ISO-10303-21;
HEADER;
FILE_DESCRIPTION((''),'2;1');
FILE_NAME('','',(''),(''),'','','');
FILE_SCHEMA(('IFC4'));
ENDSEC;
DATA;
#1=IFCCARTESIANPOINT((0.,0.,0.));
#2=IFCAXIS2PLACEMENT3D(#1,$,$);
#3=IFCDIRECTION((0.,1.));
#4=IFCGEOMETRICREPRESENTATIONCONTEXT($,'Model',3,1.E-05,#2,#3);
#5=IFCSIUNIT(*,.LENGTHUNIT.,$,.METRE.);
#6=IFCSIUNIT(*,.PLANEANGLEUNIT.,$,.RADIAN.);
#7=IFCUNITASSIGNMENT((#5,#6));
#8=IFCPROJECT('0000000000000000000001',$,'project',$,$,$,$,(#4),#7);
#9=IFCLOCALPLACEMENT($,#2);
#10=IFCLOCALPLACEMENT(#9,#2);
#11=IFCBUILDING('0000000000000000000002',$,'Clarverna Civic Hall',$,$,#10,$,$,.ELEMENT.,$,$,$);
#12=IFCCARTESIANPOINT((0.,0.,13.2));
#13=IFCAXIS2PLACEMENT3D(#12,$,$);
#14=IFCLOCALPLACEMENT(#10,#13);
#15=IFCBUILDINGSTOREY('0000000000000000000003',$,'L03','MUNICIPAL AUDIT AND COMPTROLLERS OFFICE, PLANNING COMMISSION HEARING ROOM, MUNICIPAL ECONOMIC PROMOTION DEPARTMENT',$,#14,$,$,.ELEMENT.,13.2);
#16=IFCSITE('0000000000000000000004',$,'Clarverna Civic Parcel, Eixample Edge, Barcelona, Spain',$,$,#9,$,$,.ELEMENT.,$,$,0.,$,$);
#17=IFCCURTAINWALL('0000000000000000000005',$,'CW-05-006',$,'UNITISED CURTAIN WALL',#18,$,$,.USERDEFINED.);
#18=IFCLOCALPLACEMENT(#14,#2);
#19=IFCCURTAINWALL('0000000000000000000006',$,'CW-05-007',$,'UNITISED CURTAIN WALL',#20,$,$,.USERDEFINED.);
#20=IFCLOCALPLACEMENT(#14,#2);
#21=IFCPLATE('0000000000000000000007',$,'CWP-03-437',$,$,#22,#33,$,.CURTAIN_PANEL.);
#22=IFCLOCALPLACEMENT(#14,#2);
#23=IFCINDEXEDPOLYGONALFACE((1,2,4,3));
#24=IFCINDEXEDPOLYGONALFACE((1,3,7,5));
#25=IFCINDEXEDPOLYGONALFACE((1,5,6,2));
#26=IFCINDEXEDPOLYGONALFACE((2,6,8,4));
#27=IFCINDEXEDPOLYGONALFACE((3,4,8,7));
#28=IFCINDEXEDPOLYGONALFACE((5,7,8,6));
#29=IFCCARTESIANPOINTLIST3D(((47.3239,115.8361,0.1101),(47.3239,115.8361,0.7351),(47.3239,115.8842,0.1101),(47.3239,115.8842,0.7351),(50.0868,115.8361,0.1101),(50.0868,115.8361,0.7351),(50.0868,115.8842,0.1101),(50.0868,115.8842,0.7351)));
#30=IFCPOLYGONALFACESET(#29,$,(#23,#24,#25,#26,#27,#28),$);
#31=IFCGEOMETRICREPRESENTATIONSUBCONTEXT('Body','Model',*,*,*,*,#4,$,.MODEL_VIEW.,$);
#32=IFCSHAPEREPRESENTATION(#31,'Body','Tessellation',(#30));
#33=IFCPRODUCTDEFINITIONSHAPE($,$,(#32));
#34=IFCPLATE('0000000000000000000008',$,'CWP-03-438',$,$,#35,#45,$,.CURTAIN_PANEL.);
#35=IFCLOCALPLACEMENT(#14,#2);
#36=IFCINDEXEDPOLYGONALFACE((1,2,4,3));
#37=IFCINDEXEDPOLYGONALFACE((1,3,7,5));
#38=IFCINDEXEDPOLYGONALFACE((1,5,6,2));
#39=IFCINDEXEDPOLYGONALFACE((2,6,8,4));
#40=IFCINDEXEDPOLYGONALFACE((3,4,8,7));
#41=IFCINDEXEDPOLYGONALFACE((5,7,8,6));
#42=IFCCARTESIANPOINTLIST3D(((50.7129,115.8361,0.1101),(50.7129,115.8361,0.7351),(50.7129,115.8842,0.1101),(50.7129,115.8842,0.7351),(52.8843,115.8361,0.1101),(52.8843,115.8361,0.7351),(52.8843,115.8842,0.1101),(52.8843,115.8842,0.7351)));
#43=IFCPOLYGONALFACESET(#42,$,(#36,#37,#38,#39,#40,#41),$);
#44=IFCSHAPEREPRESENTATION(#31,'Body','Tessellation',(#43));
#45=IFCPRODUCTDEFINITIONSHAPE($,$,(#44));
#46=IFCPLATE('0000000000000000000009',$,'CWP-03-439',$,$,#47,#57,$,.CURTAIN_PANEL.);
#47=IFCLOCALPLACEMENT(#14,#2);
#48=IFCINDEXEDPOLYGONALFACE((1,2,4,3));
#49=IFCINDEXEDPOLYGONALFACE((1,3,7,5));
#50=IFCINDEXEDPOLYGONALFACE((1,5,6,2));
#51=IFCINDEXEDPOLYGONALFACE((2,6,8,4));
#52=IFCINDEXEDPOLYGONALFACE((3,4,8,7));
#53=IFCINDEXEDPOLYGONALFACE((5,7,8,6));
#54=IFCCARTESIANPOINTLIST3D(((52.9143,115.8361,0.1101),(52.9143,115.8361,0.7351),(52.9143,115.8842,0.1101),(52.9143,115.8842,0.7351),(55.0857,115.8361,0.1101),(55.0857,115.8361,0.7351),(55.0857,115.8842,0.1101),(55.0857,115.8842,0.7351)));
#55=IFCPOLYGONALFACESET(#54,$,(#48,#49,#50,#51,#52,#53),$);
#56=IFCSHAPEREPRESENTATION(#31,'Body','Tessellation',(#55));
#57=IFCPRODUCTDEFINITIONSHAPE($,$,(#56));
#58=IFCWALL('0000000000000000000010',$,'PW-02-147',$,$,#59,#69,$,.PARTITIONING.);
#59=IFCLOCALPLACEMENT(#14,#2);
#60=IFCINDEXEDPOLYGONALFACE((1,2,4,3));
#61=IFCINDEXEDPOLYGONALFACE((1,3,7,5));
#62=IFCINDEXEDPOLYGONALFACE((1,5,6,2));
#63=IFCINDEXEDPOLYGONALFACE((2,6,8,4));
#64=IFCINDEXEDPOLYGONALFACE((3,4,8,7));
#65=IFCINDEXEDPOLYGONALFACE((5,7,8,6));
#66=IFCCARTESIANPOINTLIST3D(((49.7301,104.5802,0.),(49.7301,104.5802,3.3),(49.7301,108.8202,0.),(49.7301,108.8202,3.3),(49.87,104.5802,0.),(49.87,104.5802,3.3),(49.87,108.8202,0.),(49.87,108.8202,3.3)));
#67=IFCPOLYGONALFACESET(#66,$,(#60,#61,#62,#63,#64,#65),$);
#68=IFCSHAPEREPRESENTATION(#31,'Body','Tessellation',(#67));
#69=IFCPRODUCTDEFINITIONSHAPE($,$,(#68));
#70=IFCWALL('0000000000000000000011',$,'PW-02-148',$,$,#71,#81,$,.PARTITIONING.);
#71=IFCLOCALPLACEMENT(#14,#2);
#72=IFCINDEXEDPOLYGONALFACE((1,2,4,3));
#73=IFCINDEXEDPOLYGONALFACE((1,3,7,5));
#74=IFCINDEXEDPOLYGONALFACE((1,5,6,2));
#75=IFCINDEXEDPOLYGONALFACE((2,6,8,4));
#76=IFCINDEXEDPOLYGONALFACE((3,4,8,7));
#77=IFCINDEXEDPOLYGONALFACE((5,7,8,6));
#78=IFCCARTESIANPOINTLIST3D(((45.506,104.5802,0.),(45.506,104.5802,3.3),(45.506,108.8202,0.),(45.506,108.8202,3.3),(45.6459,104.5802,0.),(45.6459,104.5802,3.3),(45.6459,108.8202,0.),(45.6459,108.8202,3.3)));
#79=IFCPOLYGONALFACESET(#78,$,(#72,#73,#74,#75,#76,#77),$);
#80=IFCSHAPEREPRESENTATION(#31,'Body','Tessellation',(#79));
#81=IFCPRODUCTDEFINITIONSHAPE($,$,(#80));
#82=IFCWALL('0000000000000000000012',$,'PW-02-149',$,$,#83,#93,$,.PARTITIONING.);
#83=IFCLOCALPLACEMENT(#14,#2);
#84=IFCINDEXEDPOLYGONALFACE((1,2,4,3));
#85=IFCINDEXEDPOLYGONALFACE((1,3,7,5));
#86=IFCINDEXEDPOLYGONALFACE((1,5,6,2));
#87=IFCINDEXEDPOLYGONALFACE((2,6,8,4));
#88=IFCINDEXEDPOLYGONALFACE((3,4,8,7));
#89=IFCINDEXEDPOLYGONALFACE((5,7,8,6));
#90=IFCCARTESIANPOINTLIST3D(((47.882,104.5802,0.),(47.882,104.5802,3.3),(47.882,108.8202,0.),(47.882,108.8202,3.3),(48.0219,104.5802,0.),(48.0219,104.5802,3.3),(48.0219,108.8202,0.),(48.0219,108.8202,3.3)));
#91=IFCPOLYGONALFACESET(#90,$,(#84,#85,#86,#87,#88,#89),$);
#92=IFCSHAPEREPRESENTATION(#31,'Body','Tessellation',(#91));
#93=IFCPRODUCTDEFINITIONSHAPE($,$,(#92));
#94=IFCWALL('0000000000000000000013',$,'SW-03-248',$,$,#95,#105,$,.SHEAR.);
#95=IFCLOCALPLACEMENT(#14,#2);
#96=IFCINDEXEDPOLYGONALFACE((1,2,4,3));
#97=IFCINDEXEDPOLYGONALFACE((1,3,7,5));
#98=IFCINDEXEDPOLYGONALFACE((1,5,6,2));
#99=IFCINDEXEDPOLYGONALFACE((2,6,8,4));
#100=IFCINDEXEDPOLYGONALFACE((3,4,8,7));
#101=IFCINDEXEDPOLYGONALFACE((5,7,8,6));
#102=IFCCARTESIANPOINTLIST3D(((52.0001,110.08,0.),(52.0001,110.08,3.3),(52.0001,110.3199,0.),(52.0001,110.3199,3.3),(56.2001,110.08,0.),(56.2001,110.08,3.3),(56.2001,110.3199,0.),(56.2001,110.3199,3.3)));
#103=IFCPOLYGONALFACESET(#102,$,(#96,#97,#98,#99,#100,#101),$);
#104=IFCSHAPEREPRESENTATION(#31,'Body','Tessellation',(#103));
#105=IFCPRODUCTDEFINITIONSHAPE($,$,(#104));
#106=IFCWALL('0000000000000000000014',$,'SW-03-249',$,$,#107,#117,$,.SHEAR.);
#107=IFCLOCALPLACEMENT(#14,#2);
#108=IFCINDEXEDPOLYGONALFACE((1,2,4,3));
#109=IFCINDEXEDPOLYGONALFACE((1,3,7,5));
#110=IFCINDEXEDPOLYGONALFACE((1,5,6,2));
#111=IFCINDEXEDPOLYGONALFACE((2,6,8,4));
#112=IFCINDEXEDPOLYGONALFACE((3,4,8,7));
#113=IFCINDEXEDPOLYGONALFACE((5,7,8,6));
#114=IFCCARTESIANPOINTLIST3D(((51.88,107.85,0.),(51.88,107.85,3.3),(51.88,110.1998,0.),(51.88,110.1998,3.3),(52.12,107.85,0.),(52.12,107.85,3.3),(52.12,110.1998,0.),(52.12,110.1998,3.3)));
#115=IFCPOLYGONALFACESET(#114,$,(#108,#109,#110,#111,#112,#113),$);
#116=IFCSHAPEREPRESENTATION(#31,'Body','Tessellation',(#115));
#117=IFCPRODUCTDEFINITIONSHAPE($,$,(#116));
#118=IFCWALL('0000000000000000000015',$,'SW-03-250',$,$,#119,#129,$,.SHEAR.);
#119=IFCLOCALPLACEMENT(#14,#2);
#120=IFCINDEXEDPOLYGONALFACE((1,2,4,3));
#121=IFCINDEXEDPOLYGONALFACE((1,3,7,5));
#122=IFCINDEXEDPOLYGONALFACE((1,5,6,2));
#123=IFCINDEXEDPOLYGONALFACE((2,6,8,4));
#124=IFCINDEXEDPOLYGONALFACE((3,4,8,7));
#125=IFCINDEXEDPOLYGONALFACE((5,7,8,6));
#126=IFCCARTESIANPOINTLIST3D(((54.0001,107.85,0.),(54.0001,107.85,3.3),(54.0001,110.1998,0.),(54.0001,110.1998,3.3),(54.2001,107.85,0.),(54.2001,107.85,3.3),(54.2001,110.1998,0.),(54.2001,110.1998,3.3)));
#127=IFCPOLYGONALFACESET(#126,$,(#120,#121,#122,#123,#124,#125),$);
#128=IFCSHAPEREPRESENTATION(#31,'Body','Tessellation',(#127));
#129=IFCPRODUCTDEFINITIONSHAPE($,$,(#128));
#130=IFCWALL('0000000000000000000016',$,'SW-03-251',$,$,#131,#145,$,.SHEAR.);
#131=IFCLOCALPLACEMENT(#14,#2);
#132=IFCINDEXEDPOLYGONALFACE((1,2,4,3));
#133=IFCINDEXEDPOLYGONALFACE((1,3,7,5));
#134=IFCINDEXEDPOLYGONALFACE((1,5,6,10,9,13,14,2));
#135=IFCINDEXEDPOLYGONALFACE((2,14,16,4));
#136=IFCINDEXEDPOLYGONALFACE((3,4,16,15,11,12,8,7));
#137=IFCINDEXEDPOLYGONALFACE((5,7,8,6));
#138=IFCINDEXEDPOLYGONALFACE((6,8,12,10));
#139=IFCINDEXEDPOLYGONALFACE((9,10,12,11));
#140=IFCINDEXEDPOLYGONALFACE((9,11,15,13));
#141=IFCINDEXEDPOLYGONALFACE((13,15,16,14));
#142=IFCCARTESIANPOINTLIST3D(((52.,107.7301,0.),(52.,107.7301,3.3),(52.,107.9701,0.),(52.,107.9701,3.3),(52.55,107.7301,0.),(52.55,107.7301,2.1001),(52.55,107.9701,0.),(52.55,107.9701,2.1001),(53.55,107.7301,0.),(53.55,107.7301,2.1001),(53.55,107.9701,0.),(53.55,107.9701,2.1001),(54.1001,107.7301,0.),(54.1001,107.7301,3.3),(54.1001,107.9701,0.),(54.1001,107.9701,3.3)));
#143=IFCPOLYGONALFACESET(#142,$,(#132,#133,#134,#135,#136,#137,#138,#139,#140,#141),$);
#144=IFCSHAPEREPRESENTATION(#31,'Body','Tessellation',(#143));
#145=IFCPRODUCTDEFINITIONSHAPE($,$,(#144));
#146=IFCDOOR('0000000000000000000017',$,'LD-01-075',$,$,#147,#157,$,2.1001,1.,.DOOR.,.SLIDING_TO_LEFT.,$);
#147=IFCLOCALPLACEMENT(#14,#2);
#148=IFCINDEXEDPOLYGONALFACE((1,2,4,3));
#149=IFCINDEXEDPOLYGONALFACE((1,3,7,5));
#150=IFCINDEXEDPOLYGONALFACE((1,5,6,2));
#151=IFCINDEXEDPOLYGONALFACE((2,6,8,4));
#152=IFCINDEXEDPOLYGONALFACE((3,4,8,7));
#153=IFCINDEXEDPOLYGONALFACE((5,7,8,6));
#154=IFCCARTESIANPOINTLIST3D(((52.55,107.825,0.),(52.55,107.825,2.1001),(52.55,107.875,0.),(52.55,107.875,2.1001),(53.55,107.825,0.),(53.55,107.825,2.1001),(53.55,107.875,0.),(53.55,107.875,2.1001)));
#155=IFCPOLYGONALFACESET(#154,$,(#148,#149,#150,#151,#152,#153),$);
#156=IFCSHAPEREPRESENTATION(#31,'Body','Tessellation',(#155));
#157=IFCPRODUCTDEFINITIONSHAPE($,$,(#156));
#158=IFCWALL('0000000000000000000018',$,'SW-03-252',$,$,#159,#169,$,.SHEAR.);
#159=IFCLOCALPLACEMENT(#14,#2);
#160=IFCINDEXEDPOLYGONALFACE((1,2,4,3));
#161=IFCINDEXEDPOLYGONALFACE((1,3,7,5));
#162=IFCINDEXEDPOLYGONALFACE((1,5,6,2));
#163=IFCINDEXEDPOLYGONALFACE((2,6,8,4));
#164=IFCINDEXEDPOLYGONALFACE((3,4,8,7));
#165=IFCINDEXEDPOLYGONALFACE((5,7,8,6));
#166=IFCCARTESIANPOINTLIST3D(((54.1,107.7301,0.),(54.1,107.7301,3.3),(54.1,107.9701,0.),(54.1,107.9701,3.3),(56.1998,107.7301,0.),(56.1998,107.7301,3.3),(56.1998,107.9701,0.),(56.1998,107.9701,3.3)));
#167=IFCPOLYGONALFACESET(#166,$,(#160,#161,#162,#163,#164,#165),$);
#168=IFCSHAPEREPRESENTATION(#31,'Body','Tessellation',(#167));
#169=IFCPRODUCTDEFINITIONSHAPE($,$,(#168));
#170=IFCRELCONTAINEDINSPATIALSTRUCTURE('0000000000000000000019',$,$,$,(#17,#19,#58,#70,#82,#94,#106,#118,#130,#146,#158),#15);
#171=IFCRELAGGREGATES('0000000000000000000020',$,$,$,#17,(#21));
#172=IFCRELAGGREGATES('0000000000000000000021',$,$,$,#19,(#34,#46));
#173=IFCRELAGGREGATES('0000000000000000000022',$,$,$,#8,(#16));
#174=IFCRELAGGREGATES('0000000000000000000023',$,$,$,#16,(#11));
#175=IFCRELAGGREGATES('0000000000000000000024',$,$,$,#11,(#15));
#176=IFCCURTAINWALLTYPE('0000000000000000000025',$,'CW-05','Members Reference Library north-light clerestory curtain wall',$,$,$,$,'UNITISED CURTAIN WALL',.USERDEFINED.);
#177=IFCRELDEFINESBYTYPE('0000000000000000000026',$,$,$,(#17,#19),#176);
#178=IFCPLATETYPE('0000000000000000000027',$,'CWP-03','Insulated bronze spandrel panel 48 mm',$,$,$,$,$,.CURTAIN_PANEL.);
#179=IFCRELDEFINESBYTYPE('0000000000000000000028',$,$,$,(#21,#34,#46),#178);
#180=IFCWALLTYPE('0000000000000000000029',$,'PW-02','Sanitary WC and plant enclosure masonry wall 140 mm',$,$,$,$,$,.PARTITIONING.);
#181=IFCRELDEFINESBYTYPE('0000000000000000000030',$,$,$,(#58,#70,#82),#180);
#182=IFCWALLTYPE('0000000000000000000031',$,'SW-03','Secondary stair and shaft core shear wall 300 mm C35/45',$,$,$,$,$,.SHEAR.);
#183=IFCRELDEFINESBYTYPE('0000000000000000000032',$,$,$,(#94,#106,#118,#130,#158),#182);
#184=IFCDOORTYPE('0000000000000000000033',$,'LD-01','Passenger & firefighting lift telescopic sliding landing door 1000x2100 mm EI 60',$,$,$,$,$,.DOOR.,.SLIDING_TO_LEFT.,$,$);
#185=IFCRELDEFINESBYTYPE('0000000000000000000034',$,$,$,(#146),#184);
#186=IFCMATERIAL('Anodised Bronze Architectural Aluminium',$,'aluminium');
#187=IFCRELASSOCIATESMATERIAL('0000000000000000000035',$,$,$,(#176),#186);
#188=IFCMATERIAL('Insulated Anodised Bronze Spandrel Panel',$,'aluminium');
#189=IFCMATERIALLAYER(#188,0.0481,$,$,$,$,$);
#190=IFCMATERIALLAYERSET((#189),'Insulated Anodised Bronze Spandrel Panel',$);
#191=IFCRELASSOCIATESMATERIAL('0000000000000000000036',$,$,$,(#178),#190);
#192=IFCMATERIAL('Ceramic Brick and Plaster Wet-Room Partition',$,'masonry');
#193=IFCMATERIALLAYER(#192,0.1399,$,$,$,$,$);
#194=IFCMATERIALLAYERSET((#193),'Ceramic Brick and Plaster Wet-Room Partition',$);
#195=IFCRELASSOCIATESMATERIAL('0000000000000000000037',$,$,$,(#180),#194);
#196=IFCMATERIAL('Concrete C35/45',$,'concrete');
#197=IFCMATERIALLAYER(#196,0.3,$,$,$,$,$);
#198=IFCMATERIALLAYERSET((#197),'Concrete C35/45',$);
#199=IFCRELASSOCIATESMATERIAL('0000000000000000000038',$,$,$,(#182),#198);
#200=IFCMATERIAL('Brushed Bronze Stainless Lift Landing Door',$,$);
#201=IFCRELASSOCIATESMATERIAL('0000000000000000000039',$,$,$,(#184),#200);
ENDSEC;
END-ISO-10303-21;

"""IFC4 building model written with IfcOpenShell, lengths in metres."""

from ifc_helpers import new_model, si_unit, direction, frame, frame_2d, origin, place, context, subcontext, project, spatial, rectangle, extrude, material, layer, layer_set, type_object, element, fill, aggregate, save


model = new_model("IFC4")

# Units and contexts
model_context = context("Model", 3, precision=1e-05, world=origin(), true_north=direction((0.0, 1.0)))
body_context = subcontext(model_context, "Body", "Model", "MODEL_VIEW")
ifc_project = project(units=[si_unit("LENGTHUNIT", "METRE"), si_unit("PLANEANGLEUNIT", "RADIAN")], contexts=[model_context])

# Site, building, storey
site_placement = place(None, origin())
site = spatial("IfcSite", under=ifc_project, at=site_placement, Name="Clarverna Civic Parcel, Eixample Edge, Barcelona, Spain", CompositionType="ELEMENT", RefElevation=0.0)
building_placement = place(site_placement, origin())
building = spatial("IfcBuilding", under=site, at=building_placement, Name="Clarverna Civic Hall", CompositionType="ELEMENT")
storey_placement = place(building_placement, frame((0.0, 0.0, 13.2)))
storey = spatial("IfcBuildingStorey", under=building, at=storey_placement, Name="L03", Description="MUNICIPAL AUDIT AND COMPTROLLERS OFFICE, PLANNING COMMISSION HEARING ROOM, MUNICIPAL ECONOMIC PROMOTION DEPARTMENT", CompositionType="ELEMENT", Elevation=13.2)

# Shared definitions
ifc_material_1 = material(Name="Concrete C35/45", Category="concrete")

# Curtain walls
ifc_material_2 = material(Name="Anodised Bronze Architectural Aluminium", Category="aluminium")
curtain_wall_type = type_object("IfcCurtainWallType", Name="CW-05", Description="Members Reference Library north-light clerestory curtain wall", ElementType="UNITISED CURTAIN WALL", PredefinedType="USERDEFINED", material=ifc_material_2)
curtain_wall_1_placement = place(storey_placement, origin())
curtain_wall_1 = element("IfcCurtainWall", 1, at=curtain_wall_1_placement, inside=storey, type_object=curtain_wall_type, Name="CW-05-006", ObjectType="UNITISED CURTAIN WALL", PredefinedType="USERDEFINED")
curtain_wall_2_placement = place(storey_placement, origin())
curtain_wall_2 = element("IfcCurtainWall", 2, at=curtain_wall_2_placement, inside=storey, type_object=curtain_wall_type, Name="CW-05-007", ObjectType="UNITISED CURTAIN WALL", PredefinedType="USERDEFINED")

# Plates
ifc_material_3 = material(Name="Insulated Anodised Bronze Spandrel Panel", Category="aluminium")
ifc_layer_1 = layer(ifc_material_3, 0.0481)
ifc_layer_set_1 = layer_set([ifc_layer_1], Name="Insulated Anodised Bronze Spandrel Panel")
plate_type_1 = type_object("IfcPlateType", Name="CWP-03", Description="Insulated bronze spandrel panel 48 mm", PredefinedType="CURTAIN_PANEL", material=ifc_layer_set_1)
plate_1_placement = place(storey_placement, frame((47.324, 115.8601, 0.1101), z_axis=(0.0, 0.0, 1.0), x_axis=(1.0, 0.0, 0.0)))
plate_1 = element("IfcPlate", 3, at=plate_1_placement, type_object=plate_type_1, Name="CWP-03-437", PredefinedType="CURTAIN_PANEL", context=body_context, shape_type="SweptSolid", body=[
    extrude(rectangle(XDim=2.7629, YDim=0.0481, at=frame_2d((1.3813, 0.0))), origin(), (0.0, 0.0, 1.0), 0.625),
])
aggregate(curtain_wall_1, [plate_1])
plate_2_placement = place(storey_placement, frame((50.7129, 115.8601, 0.1101), z_axis=(0.0, 0.0, 1.0), x_axis=(1.0, 0.0, 0.0)))
plate_2 = element("IfcPlate", 4, at=plate_2_placement, type_object=plate_type_1, Name="CWP-03-438", PredefinedType="CURTAIN_PANEL", context=body_context, shape_type="SweptSolid", body=[
    extrude(rectangle(XDim=2.1714, YDim=0.0481, at=frame_2d((1.0857, 0.0))), origin(), (0.0, 0.0, 1.0), 0.625),
])
plate_3_placement = place(storey_placement, frame((52.9143, 115.8601, 0.1101), z_axis=(0.0, 0.0, 1.0), x_axis=(1.0, 0.0, 0.0)))
plate_3 = element("IfcPlate", 5, at=plate_3_placement, type_object=plate_type_1, Name="CWP-03-439", PredefinedType="CURTAIN_PANEL", context=body_context, shape_type="SweptSolid", body=[
    extrude(rectangle(XDim=2.1714, YDim=0.0481, at=frame_2d((1.0857, 0.0))), origin(), (0.0, 0.0, 1.0), 0.625),
])
aggregate(curtain_wall_2, [plate_2, plate_3])

# Walls
ifc_material_4 = material(Name="Ceramic Brick and Plaster Wet-Room Partition", Category="masonry")
ifc_layer_2 = layer(ifc_material_4, 0.1399)
ifc_layer_set_2 = layer_set([ifc_layer_2], Name="Ceramic Brick and Plaster Wet-Room Partition")
wall_type_1 = type_object("IfcWallType", Name="PW-02", Description="Sanitary WC and plant enclosure masonry wall 140 mm", PredefinedType="PARTITIONING", material=ifc_layer_set_2)
for number, where, z_axis, x_axis, name in (
    (6, (49.8, 104.5801, 0.0), (0.0, 0.0, 1.0), (0.0, 1.0, 0.0), "PW-02-147"),
    (7, (45.5759, 104.5801, 0.0), (0.0, 0.0, 1.0), (0.0, 1.0, 0.0), "PW-02-148"),
    (8, (47.9519, 104.5801, 0.0), (0.0, 0.0, 1.0), (0.0, 1.0, 0.0), "PW-02-149"),
):
    element("IfcWall", number, at=place(storey_placement, frame(where, z_axis=z_axis, x_axis=x_axis)), inside=storey, type_object=wall_type_1, Name=name, PredefinedType="PARTITIONING", context=body_context, shape_type="SweptSolid", body=[
        extrude(rectangle(XDim=4.24, YDim=0.1399, at=frame_2d((2.1201, 0.0))), origin(), (0.0, 0.0, 1.0), 3.3),
    ])

# Walls
ifc_layer_3 = layer(ifc_material_1, 0.3)
ifc_layer_set_3 = layer_set([ifc_layer_3], Name="Concrete C35/45")
wall_type_2 = type_object("IfcWallType", Name="SW-03", Description="Secondary stair and shaft core shear wall 300 mm C35/45", PredefinedType="SHEAR", material=ifc_layer_set_3)
wall_1_placement = place(storey_placement, frame((52.0, 110.2, 0.0), z_axis=(0.0, 0.0, 1.0), x_axis=(1.0, 0.0, 0.0)))
element("IfcWall", 9, at=wall_1_placement, inside=storey, type_object=wall_type_2, Name="SW-03-248", PredefinedType="SHEAR", context=body_context, shape_type="SweptSolid", body=[
    extrude(rectangle(XDim=4.2, YDim=0.24, at=frame_2d((2.1001, 0.0))), origin(), (0.0, 0.0, 1.0), 3.3),
])
wall_2_placement = place(storey_placement, frame((52.0, 107.8501, 0.0), z_axis=(0.0, 0.0, 1.0), x_axis=(0.0, 1.0, 0.0)))
element("IfcWall", 10, at=wall_2_placement, inside=storey, type_object=wall_type_2, Name="SW-03-249", PredefinedType="SHEAR", context=body_context, shape_type="SweptSolid", body=[
    extrude(rectangle(XDim=2.3499, YDim=0.24, at=frame_2d((1.1748, 0.0))), origin(), (0.0, 0.0, 1.0), 3.3),
])
wall_3_placement = place(storey_placement, frame((54.1001, 107.8501, 0.0), z_axis=(0.0, 0.0, 1.0), x_axis=(0.0, 1.0, 0.0)))
element("IfcWall", 11, at=wall_3_placement, inside=storey, type_object=wall_type_2, Name="SW-03-250", PredefinedType="SHEAR", context=body_context, shape_type="SweptSolid", body=[
    extrude(rectangle(XDim=2.3499, YDim=0.2, at=frame_2d((1.1748, 0.0))), origin(), (0.0, 0.0, 1.0), 3.3),
])

# Wall, opening, door
wall_4_placement = place(storey_placement, frame((52.0, 107.8501, 0.0), z_axis=(0.0, 0.0, 1.0), x_axis=(1.0, 0.0, 0.0)))
wall_4 = element("IfcWall", 12, at=wall_4_placement, inside=storey, type_object=wall_type_2, Name="SW-03-251", PredefinedType="SHEAR", context=body_context, shape_type="SweptSolid", body=[
    extrude(rectangle(XDim=2.1001, YDim=0.24, at=frame_2d((1.05, 0.0))), origin(), (0.0, 0.0, 1.0), 3.3),
])
opening_1_placement = place(wall_4_placement, frame((0.55, 0.0, 0.0)))
opening_1 = element("IfcOpeningElement", 13, at=opening_1_placement, cuts=wall_4, PredefinedType="OPENING", context=body_context, shape_type="SweptSolid", body=[
    extrude(rectangle(XDim=1.0, YDim=2.1001, at=frame_2d((0.5, 1.05))), frame((0.0, 0.1299, 0.0), z_axis=(0.0, -1.0, 0.0), x_axis=(1.0, 0.0, 0.0)), (0.0, 0.0, 1.0), 0.26),
])
ifc_material_5 = material(Name="Brushed Bronze Stainless Lift Landing Door")
door_type_1 = type_object("IfcDoorType", Name="LD-01", Description="Passenger & firefighting lift telescopic sliding landing door 1000x2100 mm EI 60", OperationType="SLIDING_TO_LEFT", PredefinedType="DOOR", material=ifc_material_5)
door_1_placement = place(opening_1_placement, origin())
door_1 = element("IfcDoor", 14, at=door_1_placement, inside=storey, type_object=door_type_1, Name="LD-01-075", OperationType="SLIDING_TO_LEFT", OverallHeight=2.1001, OverallWidth=1.0, PredefinedType="DOOR", context=body_context, shape_type="SweptSolid", body=[
    extrude(rectangle(XDim=1.0, YDim=2.1001, at=frame_2d((0.5, 1.05))), frame((0.0, 0.0249, 0.0), z_axis=(0.0, -1.0, 0.0), x_axis=(1.0, 0.0, 0.0)), (0.0, 0.0, 1.0), 0.05),
])
fill(opening_1, door_1)

# Wall
wall_5_placement = place(storey_placement, frame((54.1001, 107.8501, 0.0), z_axis=(0.0, 0.0, 1.0), x_axis=(1.0, 0.0, 0.0)))
element("IfcWall", 15, at=wall_5_placement, inside=storey, type_object=wall_type_2, Name="SW-03-252", PredefinedType="SHEAR", context=body_context, shape_type="SweptSolid", body=[
    extrude(rectangle(XDim=2.0999, YDim=0.24, at=frame_2d((1.0498, 0.0))), origin(), (0.0, 0.0, 1.0), 3.3),
])

save(model, "model.ifc")
